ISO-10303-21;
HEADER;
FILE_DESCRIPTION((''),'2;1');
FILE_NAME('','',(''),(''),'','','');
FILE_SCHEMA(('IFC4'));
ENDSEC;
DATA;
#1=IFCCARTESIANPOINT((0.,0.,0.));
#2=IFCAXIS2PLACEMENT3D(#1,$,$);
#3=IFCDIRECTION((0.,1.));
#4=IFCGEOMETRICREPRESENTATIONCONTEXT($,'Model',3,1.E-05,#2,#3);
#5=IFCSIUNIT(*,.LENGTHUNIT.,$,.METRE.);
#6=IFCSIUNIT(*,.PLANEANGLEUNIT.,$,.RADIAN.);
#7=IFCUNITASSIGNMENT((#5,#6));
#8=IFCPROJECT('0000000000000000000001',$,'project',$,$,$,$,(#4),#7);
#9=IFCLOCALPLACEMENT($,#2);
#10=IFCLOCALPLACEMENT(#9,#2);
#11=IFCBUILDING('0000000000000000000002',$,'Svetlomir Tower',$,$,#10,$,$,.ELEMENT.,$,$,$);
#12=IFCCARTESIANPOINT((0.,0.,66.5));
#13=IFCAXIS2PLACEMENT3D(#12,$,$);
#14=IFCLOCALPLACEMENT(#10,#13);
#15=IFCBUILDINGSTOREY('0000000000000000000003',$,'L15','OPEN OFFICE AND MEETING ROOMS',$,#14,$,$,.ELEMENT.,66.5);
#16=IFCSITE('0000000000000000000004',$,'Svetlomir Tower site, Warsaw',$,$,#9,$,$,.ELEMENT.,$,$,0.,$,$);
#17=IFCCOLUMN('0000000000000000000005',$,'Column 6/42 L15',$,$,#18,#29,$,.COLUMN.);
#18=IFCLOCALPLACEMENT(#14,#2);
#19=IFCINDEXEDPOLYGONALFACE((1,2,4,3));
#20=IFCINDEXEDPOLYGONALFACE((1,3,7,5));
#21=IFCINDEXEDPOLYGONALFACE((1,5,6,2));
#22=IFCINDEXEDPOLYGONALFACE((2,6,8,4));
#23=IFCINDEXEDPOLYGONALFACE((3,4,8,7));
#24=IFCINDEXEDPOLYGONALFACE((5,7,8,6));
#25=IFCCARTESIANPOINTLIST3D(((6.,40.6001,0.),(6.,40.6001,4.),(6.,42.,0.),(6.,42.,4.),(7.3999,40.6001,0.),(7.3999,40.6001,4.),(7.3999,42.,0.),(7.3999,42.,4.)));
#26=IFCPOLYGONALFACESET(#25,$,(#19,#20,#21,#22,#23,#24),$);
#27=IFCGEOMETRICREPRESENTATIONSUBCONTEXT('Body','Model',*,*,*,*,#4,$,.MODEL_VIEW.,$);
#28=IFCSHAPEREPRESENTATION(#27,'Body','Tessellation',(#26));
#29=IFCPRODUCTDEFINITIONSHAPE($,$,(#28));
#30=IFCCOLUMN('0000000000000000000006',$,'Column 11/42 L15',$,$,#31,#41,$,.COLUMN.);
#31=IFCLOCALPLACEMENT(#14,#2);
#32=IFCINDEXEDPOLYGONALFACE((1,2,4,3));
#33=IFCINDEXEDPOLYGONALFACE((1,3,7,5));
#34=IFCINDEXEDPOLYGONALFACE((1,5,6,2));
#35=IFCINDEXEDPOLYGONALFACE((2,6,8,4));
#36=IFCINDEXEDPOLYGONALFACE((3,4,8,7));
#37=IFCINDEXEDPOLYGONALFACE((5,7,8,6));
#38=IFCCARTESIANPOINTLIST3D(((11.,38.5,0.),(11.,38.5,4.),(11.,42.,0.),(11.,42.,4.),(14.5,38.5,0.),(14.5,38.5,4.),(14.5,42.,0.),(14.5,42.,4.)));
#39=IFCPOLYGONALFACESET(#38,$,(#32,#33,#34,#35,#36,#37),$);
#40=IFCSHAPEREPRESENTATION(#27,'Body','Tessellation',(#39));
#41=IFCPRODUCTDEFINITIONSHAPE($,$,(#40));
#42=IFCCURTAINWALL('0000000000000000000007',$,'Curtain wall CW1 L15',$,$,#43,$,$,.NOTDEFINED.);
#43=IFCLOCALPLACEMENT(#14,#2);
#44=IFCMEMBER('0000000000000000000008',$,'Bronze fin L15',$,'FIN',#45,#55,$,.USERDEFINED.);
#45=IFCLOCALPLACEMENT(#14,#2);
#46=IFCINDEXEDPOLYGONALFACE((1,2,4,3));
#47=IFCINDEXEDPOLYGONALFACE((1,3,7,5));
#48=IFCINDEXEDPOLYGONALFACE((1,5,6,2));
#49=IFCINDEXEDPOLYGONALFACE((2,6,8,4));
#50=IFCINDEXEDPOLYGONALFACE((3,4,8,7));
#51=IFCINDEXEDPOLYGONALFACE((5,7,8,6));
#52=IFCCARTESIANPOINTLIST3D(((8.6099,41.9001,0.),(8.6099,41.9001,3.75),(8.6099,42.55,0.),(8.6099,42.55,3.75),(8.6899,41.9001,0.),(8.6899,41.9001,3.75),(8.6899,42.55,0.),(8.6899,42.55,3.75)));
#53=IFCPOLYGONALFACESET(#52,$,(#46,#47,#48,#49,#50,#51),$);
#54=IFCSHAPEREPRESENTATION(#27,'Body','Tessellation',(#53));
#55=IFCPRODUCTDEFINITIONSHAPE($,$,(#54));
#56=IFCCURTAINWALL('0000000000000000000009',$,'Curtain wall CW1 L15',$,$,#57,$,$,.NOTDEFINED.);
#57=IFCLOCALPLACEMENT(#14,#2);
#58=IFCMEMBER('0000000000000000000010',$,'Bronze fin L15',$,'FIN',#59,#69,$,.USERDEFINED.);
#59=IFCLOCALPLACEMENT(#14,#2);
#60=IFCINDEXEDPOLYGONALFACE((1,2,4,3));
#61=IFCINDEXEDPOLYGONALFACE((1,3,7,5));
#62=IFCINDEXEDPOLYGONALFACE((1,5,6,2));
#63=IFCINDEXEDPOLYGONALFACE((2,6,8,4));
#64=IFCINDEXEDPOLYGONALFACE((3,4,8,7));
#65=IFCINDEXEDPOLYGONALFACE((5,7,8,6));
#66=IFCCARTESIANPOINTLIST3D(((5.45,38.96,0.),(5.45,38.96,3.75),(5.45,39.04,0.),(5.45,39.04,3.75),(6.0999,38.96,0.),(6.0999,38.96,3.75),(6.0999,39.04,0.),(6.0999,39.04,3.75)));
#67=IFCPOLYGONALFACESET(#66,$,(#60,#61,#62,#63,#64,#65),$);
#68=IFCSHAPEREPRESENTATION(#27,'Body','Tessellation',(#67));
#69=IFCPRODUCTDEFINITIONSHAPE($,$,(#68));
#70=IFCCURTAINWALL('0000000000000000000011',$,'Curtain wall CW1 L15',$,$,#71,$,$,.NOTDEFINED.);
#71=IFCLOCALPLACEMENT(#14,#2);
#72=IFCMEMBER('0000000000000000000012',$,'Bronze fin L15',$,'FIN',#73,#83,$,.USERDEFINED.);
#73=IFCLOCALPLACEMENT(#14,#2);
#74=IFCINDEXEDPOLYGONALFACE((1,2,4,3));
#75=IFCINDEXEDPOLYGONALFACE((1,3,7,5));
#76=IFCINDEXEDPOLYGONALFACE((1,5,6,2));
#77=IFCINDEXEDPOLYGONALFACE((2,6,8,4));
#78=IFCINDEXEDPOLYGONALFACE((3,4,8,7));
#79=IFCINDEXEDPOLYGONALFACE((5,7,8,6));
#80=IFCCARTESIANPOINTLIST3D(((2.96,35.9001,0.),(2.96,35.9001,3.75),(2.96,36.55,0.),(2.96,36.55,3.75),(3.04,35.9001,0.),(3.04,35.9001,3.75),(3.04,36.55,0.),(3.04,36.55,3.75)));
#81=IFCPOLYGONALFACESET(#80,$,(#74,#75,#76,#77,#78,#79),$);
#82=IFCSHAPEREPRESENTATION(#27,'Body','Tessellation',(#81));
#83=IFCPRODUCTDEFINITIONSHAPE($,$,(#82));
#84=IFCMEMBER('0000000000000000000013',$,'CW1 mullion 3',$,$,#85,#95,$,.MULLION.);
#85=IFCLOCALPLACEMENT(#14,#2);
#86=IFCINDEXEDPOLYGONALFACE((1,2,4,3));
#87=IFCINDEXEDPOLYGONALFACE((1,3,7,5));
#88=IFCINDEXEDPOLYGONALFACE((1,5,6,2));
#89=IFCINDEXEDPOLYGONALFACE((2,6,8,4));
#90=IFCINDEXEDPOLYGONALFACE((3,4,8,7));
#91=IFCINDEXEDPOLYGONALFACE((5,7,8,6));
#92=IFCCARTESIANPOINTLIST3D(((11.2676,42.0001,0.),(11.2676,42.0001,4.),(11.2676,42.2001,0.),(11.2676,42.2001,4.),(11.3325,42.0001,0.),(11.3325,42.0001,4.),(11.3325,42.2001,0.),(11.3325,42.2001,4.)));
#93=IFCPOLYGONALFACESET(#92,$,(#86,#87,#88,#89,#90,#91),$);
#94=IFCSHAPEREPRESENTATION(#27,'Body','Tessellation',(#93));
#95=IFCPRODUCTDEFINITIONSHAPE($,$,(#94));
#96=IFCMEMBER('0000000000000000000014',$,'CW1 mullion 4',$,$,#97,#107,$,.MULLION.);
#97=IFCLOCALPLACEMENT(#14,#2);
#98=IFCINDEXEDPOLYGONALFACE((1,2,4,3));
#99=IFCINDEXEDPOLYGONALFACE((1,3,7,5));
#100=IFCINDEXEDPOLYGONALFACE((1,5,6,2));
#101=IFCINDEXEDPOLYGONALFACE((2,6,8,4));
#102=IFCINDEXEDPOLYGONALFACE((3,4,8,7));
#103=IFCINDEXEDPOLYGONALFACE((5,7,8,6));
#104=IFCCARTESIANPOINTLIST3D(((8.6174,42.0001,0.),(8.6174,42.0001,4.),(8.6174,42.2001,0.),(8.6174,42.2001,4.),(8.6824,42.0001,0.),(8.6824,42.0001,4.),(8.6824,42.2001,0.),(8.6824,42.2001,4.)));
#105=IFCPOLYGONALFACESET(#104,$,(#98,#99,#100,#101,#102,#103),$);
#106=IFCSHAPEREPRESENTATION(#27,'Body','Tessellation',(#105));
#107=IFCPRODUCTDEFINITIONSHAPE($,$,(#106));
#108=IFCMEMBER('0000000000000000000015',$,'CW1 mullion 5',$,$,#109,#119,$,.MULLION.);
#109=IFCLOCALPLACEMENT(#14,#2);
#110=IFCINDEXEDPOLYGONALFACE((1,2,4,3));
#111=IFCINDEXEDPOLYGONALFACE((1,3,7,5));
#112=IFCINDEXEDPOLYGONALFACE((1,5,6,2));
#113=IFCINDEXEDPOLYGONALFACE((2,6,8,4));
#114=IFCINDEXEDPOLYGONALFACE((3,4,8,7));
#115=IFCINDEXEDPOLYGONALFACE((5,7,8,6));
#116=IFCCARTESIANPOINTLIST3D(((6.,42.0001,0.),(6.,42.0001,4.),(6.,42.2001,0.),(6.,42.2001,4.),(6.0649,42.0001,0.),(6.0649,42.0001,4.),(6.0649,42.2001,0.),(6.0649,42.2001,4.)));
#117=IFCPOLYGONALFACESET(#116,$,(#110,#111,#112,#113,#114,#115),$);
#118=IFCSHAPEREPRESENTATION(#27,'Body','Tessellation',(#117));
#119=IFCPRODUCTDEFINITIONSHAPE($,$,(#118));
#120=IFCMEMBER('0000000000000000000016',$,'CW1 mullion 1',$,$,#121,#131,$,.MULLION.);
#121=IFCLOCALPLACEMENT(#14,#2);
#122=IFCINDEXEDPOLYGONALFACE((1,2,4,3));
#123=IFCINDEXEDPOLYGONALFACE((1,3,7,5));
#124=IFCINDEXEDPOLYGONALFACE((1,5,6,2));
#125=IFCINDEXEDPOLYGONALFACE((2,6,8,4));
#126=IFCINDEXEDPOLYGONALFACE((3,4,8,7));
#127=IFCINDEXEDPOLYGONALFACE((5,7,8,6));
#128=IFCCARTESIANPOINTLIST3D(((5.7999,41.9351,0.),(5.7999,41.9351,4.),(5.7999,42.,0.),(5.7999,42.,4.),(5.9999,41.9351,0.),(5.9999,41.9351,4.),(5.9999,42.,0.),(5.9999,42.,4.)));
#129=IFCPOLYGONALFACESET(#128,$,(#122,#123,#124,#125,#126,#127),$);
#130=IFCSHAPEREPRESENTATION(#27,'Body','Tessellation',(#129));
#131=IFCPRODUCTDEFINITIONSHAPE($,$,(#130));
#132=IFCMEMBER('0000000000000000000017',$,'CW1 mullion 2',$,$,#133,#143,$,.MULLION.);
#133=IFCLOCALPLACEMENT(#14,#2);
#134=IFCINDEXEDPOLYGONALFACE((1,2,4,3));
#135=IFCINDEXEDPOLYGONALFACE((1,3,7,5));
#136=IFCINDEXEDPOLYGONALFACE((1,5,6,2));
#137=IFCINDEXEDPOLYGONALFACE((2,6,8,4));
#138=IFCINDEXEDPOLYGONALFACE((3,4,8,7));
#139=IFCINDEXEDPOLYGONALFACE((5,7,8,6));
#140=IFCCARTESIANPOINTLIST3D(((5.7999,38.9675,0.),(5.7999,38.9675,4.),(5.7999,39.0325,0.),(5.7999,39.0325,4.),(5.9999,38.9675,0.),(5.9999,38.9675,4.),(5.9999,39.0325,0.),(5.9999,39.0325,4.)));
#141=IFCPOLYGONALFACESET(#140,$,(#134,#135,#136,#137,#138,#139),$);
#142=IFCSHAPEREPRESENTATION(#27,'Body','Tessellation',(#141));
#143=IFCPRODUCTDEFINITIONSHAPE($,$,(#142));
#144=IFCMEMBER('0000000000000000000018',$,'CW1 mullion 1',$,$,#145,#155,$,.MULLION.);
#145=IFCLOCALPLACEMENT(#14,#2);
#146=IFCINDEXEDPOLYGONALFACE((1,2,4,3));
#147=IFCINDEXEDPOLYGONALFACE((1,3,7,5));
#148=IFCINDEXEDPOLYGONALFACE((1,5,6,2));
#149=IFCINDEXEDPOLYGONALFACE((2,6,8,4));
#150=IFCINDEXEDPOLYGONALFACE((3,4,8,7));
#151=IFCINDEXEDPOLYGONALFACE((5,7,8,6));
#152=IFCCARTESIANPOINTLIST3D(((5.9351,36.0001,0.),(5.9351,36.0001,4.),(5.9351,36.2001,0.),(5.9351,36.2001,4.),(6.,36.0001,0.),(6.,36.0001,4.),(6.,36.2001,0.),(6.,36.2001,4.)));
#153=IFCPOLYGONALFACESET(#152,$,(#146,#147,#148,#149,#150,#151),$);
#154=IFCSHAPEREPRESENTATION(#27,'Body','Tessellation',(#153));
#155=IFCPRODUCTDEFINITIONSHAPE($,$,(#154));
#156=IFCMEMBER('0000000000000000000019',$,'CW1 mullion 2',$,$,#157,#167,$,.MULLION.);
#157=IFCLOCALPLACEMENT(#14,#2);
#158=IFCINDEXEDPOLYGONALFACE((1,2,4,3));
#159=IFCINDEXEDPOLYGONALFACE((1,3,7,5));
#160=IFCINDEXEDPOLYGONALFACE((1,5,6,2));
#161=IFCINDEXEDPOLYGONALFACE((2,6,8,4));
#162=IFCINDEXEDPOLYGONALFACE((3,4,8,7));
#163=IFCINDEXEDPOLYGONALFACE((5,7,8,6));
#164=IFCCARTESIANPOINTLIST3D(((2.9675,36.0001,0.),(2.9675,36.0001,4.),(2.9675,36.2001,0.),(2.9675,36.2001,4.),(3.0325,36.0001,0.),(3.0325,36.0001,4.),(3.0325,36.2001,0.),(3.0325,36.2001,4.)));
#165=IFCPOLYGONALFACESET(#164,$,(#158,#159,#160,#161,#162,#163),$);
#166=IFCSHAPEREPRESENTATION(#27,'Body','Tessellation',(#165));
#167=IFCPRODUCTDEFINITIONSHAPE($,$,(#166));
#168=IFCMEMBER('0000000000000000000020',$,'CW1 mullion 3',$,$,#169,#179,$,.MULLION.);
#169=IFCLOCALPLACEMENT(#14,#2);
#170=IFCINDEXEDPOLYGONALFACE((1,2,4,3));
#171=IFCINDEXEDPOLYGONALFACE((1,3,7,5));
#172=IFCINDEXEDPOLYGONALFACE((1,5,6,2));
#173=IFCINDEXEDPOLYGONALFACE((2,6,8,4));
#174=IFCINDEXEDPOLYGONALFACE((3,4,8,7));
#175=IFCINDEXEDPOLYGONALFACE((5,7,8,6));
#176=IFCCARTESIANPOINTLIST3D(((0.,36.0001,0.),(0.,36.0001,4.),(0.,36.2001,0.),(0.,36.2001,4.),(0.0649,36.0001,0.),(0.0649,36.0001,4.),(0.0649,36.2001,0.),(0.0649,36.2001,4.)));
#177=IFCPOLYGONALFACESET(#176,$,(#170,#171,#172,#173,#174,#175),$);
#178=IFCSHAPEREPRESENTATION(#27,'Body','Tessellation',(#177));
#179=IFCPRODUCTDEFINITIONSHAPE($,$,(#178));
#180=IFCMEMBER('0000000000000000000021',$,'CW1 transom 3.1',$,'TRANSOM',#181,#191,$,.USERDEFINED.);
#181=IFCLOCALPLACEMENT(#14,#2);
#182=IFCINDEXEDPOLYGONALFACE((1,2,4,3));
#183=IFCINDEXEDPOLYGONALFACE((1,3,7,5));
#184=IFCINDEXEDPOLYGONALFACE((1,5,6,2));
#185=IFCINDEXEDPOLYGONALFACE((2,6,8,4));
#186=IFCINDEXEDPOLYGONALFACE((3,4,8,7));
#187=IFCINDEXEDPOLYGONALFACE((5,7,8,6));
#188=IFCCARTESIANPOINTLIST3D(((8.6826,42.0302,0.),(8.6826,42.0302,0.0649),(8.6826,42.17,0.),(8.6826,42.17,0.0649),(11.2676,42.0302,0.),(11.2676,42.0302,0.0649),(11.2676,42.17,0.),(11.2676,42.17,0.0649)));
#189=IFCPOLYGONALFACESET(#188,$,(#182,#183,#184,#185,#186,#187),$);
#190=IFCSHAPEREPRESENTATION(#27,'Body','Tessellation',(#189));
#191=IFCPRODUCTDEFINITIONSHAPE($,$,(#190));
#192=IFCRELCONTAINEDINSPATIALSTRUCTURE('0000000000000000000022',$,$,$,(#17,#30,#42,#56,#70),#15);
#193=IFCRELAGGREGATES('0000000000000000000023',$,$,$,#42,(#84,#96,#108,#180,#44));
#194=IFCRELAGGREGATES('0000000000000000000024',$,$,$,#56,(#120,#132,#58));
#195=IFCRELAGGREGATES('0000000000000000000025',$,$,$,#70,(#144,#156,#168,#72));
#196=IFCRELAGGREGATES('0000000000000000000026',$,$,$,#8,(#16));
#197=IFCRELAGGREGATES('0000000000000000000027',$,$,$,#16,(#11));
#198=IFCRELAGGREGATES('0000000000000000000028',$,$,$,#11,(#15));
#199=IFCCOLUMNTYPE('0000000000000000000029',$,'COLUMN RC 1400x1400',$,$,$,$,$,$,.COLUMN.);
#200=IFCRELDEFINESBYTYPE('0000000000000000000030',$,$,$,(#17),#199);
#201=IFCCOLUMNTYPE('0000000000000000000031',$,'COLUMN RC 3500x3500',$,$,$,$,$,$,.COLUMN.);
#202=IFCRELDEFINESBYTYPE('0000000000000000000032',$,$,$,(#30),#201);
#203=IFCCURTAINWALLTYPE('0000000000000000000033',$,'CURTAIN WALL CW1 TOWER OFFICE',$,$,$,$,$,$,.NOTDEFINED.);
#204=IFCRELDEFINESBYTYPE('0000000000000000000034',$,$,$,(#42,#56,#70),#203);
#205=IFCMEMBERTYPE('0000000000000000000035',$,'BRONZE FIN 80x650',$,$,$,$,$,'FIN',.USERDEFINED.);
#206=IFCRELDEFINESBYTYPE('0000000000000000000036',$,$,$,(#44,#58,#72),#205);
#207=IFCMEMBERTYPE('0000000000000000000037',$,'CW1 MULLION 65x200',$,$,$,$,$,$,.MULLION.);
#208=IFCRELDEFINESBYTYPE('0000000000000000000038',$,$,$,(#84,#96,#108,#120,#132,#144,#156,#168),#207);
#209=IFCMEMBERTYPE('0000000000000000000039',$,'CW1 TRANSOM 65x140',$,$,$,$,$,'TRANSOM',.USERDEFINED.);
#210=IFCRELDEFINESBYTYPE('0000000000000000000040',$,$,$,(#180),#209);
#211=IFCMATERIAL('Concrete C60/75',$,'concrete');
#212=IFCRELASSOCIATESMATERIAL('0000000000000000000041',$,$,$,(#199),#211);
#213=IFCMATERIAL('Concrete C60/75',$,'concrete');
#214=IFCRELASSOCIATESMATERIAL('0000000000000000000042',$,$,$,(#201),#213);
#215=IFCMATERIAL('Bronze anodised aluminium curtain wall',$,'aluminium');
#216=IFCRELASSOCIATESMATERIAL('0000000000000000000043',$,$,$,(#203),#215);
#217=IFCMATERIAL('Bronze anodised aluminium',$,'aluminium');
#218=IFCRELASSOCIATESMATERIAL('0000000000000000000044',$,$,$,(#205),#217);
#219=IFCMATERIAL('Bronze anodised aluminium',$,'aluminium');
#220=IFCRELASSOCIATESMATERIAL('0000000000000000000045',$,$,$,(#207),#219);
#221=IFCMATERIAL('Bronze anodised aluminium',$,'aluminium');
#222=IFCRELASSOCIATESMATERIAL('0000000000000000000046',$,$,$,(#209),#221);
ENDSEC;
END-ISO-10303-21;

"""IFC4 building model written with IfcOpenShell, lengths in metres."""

from ifc_helpers import new_model, si_unit, direction, frame, origin, origin_2d, place, context, subcontext, project, spatial, rectangle, extrude, material, material_profile, profile_set, type_object, element, aggregate, save


model = new_model("IFC4")

# Units and contexts
model_context = context("Model", 3, precision=1e-05, world=origin(), true_north=direction((0.0, 1.0)))
body_context = subcontext(model_context, "Body", "Model", "MODEL_VIEW")
ifc_project = project(units=[si_unit("LENGTHUNIT", "METRE"), si_unit("PLANEANGLEUNIT", "RADIAN")], contexts=[model_context])

# Site, building, storey
site_placement = place(None, origin())
site = spatial("IfcSite", under=ifc_project, at=site_placement, Name="Svetlomir Tower site, Warsaw", CompositionType="ELEMENT", RefElevation=0.0)
building_placement = place(site_placement, origin())
building = spatial("IfcBuilding", under=site, at=building_placement, Name="Svetlomir Tower", CompositionType="ELEMENT")
storey_placement = place(building_placement, frame((0.0, 0.0, 66.5)))
storey = spatial("IfcBuildingStorey", under=building, at=storey_placement, Name="L15", Description="OPEN OFFICE AND MEETING ROOMS", CompositionType="ELEMENT", Elevation=66.5)

# Columns
ifc_material_1 = material(Name="Concrete C60/75", Category="concrete")
ifc_material_profile_1 = material_profile(ifc_material_1, rectangle(XDim=1.3999, YDim=1.3999, at=origin_2d()), Name="RC 1400x1400")
ifc_profile_set_1 = profile_set([ifc_material_profile_1], Name="Concrete C60/75")
column_type_1 = type_object("IfcColumnType", Name="COLUMN RC 1400x1400", PredefinedType="COLUMN", material=ifc_profile_set_1)
column_1_placement = place(storey_placement, frame((6.7, 41.3, 0.0), z_axis=(0.0, 0.0, 1.0), x_axis=(1.0, 0.0, 0.0)))
element("IfcColumn", 1, at=column_1_placement, inside=storey, type_object=column_type_1, Name="Column 6/42 L15", PredefinedType="COLUMN", context=body_context, shape_type="SweptSolid", body=[
    extrude(rectangle(XDim=1.3999, YDim=1.3999, at=origin_2d()), origin(), (0.0, 0.0, 1.0), 4.0),
])
ifc_material_2 = material(Name="Concrete C60/75", Category="concrete")
ifc_material_profile_2 = material_profile(ifc_material_2, rectangle(XDim=3.5, YDim=3.5, at=origin_2d()), Name="RC 3500x3500")
ifc_profile_set_2 = profile_set([ifc_material_profile_2], Name="Concrete C60/75")
column_type_2 = type_object("IfcColumnType", Name="COLUMN RC 3500x3500", PredefinedType="COLUMN", material=ifc_profile_set_2)
column_2_placement = place(storey_placement, frame((12.75, 40.25, 0.0), z_axis=(0.0, 0.0, 1.0), x_axis=(1.0, 0.0, 0.0)))
element("IfcColumn", 2, at=column_2_placement, inside=storey, type_object=column_type_2, Name="Column 11/42 L15", PredefinedType="COLUMN", context=body_context, shape_type="SweptSolid", body=[
    extrude(rectangle(XDim=3.5, YDim=3.5, at=origin_2d()), origin(), (0.0, 0.0, 1.0), 4.0),
])

# Curtain walls, members
ifc_material_3 = material(Name="Bronze anodised aluminium curtain wall", Category="aluminium")
curtain_wall_type = type_object("IfcCurtainWallType", Name="CURTAIN WALL CW1 TOWER OFFICE", PredefinedType="NOTDEFINED", material=ifc_material_3)
curtain_wall_1_placement = place(storey_placement, origin())
curtain_wall_1 = element("IfcCurtainWall", 3, at=curtain_wall_1_placement, inside=storey, type_object=curtain_wall_type, Name="Curtain wall CW1 L15", PredefinedType="NOTDEFINED")
ifc_material_4 = material(Name="Bronze anodised aluminium", Category="aluminium")
ifc_material_profile_3 = material_profile(ifc_material_4, rectangle(XDim=0.0801, YDim=0.6499, at=origin_2d()), Name="FIN 80x650")
ifc_profile_set_3 = profile_set([ifc_material_profile_3], Name="Bronze anodised aluminium 6063-T6")
member_type_1 = type_object("IfcMemberType", Name="BRONZE FIN 80x650", ElementType="FIN", PredefinedType="USERDEFINED", material=ifc_profile_set_3)
member_1_placement = place(storey_placement, frame((8.6499, 42.2251, 0.0), z_axis=(0.0, 0.0, 1.0), x_axis=(1.0, 0.0, 0.0)))
member_1 = element("IfcMember", 4, at=member_1_placement, type_object=member_type_1, Name="Bronze fin L15", ObjectType="FIN", PredefinedType="USERDEFINED", context=body_context, shape_type="SweptSolid", body=[
    extrude(rectangle(XDim=0.0801, YDim=0.6499, at=origin_2d()), origin(), (0.0, 0.0, 1.0), 3.75),
])
curtain_wall_2_placement = place(storey_placement, origin())
curtain_wall_2 = element("IfcCurtainWall", 5, at=curtain_wall_2_placement, inside=storey, type_object=curtain_wall_type, Name="Curtain wall CW1 L15", PredefinedType="NOTDEFINED")
member_2_placement = place(storey_placement, frame((5.7749, 39.0, 0.0), z_axis=(0.0, 0.0, 1.0), x_axis=(0.0, 1.0, 0.0)))
member_2 = element("IfcMember", 6, at=member_2_placement, type_object=member_type_1, Name="Bronze fin L15", ObjectType="FIN", PredefinedType="USERDEFINED", context=body_context, shape_type="SweptSolid", body=[
    extrude(rectangle(XDim=0.0801, YDim=0.6499, at=origin_2d()), origin(), (0.0, 0.0, 1.0), 3.75),
])
curtain_wall_3_placement = place(storey_placement, origin())
curtain_wall_3 = element("IfcCurtainWall", 7, at=curtain_wall_3_placement, inside=storey, type_object=curtain_wall_type, Name="Curtain wall CW1 L15", PredefinedType="NOTDEFINED")
member_3_placement = place(storey_placement, frame((3.0, 36.2251, 0.0), z_axis=(0.0, 0.0, 1.0), x_axis=(1.0, 0.0, 0.0)))
member_3 = element("IfcMember", 8, at=member_3_placement, type_object=member_type_1, Name="Bronze fin L15", ObjectType="FIN", PredefinedType="USERDEFINED", context=body_context, shape_type="SweptSolid", body=[
    extrude(rectangle(XDim=0.0801, YDim=0.6499, at=origin_2d()), origin(), (0.0, 0.0, 1.0), 3.75),
])

# Members
ifc_material_5 = material(Name="Bronze anodised aluminium", Category="aluminium")
ifc_material_profile_4 = material_profile(ifc_material_5, rectangle(XDim=0.0649, YDim=0.2, at=origin_2d()), Name="AL 65x200")
ifc_profile_set_4 = profile_set([ifc_material_profile_4], Name="Bronze anodised aluminium 6063-T6")
member_type_2 = type_object("IfcMemberType", Name="CW1 MULLION 65x200", PredefinedType="MULLION", material=ifc_profile_set_4)
member_4_placement = place(storey_placement, frame((11.3, 42.1001, 0.0), z_axis=(0.0, 0.0, 1.0), x_axis=(-1.0, 0.0, 0.0)))
member_4 = element("IfcMember", 9, at=member_4_placement, type_object=member_type_2, Name="CW1 mullion 3", PredefinedType="MULLION", context=body_context, shape_type="SweptSolid", body=[
    extrude(rectangle(XDim=0.0649, YDim=0.2, at=origin_2d()), origin(), (0.0, 0.0, 1.0), 4.0),
])
member_5_placement = place(storey_placement, frame((8.6499, 42.1001, 0.0), z_axis=(0.0, 0.0, 1.0), x_axis=(-1.0, 0.0, 0.0)))
member_5 = element("IfcMember", 10, at=member_5_placement, type_object=member_type_2, Name="CW1 mullion 4", PredefinedType="MULLION", context=body_context, shape_type="SweptSolid", body=[
    extrude(rectangle(XDim=0.0649, YDim=0.2, at=origin_2d()), origin(), (0.0, 0.0, 1.0), 4.0),
])
member_6_placement = place(storey_placement, frame((6.0325, 42.1001, 0.0), z_axis=(0.0, 0.0, 1.0), x_axis=(-1.0, 0.0, 0.0)))
member_6 = element("IfcMember", 11, at=member_6_placement, type_object=member_type_2, Name="CW1 mullion 5", PredefinedType="MULLION", context=body_context, shape_type="SweptSolid", body=[
    extrude(rectangle(XDim=0.0649, YDim=0.2, at=origin_2d()), origin(), (0.0, 0.0, 1.0), 4.0),
])
member_7_placement = place(storey_placement, frame((5.8999, 41.9675, 0.0), z_axis=(0.0, 0.0, 1.0), x_axis=(0.0, -1.0, 0.0)))
member_7 = element("IfcMember", 12, at=member_7_placement, type_object=member_type_2, Name="CW1 mullion 1", PredefinedType="MULLION", context=body_context, shape_type="SweptSolid", body=[
    extrude(rectangle(XDim=0.0649, YDim=0.2, at=origin_2d()), origin(), (0.0, 0.0, 1.0), 4.0),
])
member_8_placement = place(storey_placement, frame((5.8999, 39.0, 0.0), z_axis=(0.0, 0.0, 1.0), x_axis=(0.0, -1.0, 0.0)))
member_8 = element("IfcMember", 13, at=member_8_placement, type_object=member_type_2, Name="CW1 mullion 2", PredefinedType="MULLION", context=body_context, shape_type="SweptSolid", body=[
    extrude(rectangle(XDim=0.0649, YDim=0.2, at=origin_2d()), origin(), (0.0, 0.0, 1.0), 4.0),
])
member_9_placement = place(storey_placement, frame((5.9675, 36.1001, 0.0), z_axis=(0.0, 0.0, 1.0), x_axis=(-1.0, 0.0, 0.0)))
member_9 = element("IfcMember", 14, at=member_9_placement, type_object=member_type_2, Name="CW1 mullion 1", PredefinedType="MULLION", context=body_context, shape_type="SweptSolid", body=[
    extrude(rectangle(XDim=0.0649, YDim=0.2, at=origin_2d()), origin(), (0.0, 0.0, 1.0), 4.0),
])
member_10_placement = place(storey_placement, frame((3.0, 36.1001, 0.0), z_axis=(0.0, 0.0, 1.0), x_axis=(-1.0, 0.0, 0.0)))
member_10 = element("IfcMember", 15, at=member_10_placement, type_object=member_type_2, Name="CW1 mullion 2", PredefinedType="MULLION", context=body_context, shape_type="SweptSolid", body=[
    extrude(rectangle(XDim=0.0649, YDim=0.2, at=origin_2d()), origin(), (0.0, 0.0, 1.0), 4.0),
])
member_11_placement = place(storey_placement, frame((0.0325, 36.1001, 0.0), z_axis=(0.0, 0.0, 1.0), x_axis=(-1.0, 0.0, 0.0)))
member_11 = element("IfcMember", 16, at=member_11_placement, type_object=member_type_2, Name="CW1 mullion 3", PredefinedType="MULLION", context=body_context, shape_type="SweptSolid", body=[
    extrude(rectangle(XDim=0.0649, YDim=0.2, at=origin_2d()), origin(), (0.0, 0.0, 1.0), 4.0),
])
ifc_material_6 = material(Name="Bronze anodised aluminium", Category="aluminium")
ifc_material_profile_5 = material_profile(ifc_material_6, rectangle(XDim=0.1399, YDim=0.0649, at=origin_2d()), Name="AL 140x65")
ifc_profile_set_5 = profile_set([ifc_material_profile_5], Name="Bronze anodised aluminium 6063-T6")
member_type_3 = type_object("IfcMemberType", Name="CW1 TRANSOM 65x140", ElementType="TRANSOM", PredefinedType="USERDEFINED", material=ifc_profile_set_5)
member_12_placement = place(storey_placement, frame((11.2676, 42.1001, 0.0325), z_axis=(-1.0, 0.0, 0.0), x_axis=(0.0, -1.0, 0.0)))
member_12 = element("IfcMember", 17, at=member_12_placement, type_object=member_type_3, Name="CW1 transom 3.1", ObjectType="TRANSOM", PredefinedType="USERDEFINED", context=body_context, shape_type="SweptSolid", body=[
    extrude(rectangle(XDim=0.1399, YDim=0.0649, at=origin_2d()), origin(), (0.0, 0.0, 1.0), 2.585),
])

aggregate(curtain_wall_1, [member_4, member_5, member_6, member_12, member_1])
aggregate(curtain_wall_2, [member_7, member_8, member_2])
aggregate(curtain_wall_3, [member_9, member_10, member_11, member_3])

save(model, "model.ifc")
